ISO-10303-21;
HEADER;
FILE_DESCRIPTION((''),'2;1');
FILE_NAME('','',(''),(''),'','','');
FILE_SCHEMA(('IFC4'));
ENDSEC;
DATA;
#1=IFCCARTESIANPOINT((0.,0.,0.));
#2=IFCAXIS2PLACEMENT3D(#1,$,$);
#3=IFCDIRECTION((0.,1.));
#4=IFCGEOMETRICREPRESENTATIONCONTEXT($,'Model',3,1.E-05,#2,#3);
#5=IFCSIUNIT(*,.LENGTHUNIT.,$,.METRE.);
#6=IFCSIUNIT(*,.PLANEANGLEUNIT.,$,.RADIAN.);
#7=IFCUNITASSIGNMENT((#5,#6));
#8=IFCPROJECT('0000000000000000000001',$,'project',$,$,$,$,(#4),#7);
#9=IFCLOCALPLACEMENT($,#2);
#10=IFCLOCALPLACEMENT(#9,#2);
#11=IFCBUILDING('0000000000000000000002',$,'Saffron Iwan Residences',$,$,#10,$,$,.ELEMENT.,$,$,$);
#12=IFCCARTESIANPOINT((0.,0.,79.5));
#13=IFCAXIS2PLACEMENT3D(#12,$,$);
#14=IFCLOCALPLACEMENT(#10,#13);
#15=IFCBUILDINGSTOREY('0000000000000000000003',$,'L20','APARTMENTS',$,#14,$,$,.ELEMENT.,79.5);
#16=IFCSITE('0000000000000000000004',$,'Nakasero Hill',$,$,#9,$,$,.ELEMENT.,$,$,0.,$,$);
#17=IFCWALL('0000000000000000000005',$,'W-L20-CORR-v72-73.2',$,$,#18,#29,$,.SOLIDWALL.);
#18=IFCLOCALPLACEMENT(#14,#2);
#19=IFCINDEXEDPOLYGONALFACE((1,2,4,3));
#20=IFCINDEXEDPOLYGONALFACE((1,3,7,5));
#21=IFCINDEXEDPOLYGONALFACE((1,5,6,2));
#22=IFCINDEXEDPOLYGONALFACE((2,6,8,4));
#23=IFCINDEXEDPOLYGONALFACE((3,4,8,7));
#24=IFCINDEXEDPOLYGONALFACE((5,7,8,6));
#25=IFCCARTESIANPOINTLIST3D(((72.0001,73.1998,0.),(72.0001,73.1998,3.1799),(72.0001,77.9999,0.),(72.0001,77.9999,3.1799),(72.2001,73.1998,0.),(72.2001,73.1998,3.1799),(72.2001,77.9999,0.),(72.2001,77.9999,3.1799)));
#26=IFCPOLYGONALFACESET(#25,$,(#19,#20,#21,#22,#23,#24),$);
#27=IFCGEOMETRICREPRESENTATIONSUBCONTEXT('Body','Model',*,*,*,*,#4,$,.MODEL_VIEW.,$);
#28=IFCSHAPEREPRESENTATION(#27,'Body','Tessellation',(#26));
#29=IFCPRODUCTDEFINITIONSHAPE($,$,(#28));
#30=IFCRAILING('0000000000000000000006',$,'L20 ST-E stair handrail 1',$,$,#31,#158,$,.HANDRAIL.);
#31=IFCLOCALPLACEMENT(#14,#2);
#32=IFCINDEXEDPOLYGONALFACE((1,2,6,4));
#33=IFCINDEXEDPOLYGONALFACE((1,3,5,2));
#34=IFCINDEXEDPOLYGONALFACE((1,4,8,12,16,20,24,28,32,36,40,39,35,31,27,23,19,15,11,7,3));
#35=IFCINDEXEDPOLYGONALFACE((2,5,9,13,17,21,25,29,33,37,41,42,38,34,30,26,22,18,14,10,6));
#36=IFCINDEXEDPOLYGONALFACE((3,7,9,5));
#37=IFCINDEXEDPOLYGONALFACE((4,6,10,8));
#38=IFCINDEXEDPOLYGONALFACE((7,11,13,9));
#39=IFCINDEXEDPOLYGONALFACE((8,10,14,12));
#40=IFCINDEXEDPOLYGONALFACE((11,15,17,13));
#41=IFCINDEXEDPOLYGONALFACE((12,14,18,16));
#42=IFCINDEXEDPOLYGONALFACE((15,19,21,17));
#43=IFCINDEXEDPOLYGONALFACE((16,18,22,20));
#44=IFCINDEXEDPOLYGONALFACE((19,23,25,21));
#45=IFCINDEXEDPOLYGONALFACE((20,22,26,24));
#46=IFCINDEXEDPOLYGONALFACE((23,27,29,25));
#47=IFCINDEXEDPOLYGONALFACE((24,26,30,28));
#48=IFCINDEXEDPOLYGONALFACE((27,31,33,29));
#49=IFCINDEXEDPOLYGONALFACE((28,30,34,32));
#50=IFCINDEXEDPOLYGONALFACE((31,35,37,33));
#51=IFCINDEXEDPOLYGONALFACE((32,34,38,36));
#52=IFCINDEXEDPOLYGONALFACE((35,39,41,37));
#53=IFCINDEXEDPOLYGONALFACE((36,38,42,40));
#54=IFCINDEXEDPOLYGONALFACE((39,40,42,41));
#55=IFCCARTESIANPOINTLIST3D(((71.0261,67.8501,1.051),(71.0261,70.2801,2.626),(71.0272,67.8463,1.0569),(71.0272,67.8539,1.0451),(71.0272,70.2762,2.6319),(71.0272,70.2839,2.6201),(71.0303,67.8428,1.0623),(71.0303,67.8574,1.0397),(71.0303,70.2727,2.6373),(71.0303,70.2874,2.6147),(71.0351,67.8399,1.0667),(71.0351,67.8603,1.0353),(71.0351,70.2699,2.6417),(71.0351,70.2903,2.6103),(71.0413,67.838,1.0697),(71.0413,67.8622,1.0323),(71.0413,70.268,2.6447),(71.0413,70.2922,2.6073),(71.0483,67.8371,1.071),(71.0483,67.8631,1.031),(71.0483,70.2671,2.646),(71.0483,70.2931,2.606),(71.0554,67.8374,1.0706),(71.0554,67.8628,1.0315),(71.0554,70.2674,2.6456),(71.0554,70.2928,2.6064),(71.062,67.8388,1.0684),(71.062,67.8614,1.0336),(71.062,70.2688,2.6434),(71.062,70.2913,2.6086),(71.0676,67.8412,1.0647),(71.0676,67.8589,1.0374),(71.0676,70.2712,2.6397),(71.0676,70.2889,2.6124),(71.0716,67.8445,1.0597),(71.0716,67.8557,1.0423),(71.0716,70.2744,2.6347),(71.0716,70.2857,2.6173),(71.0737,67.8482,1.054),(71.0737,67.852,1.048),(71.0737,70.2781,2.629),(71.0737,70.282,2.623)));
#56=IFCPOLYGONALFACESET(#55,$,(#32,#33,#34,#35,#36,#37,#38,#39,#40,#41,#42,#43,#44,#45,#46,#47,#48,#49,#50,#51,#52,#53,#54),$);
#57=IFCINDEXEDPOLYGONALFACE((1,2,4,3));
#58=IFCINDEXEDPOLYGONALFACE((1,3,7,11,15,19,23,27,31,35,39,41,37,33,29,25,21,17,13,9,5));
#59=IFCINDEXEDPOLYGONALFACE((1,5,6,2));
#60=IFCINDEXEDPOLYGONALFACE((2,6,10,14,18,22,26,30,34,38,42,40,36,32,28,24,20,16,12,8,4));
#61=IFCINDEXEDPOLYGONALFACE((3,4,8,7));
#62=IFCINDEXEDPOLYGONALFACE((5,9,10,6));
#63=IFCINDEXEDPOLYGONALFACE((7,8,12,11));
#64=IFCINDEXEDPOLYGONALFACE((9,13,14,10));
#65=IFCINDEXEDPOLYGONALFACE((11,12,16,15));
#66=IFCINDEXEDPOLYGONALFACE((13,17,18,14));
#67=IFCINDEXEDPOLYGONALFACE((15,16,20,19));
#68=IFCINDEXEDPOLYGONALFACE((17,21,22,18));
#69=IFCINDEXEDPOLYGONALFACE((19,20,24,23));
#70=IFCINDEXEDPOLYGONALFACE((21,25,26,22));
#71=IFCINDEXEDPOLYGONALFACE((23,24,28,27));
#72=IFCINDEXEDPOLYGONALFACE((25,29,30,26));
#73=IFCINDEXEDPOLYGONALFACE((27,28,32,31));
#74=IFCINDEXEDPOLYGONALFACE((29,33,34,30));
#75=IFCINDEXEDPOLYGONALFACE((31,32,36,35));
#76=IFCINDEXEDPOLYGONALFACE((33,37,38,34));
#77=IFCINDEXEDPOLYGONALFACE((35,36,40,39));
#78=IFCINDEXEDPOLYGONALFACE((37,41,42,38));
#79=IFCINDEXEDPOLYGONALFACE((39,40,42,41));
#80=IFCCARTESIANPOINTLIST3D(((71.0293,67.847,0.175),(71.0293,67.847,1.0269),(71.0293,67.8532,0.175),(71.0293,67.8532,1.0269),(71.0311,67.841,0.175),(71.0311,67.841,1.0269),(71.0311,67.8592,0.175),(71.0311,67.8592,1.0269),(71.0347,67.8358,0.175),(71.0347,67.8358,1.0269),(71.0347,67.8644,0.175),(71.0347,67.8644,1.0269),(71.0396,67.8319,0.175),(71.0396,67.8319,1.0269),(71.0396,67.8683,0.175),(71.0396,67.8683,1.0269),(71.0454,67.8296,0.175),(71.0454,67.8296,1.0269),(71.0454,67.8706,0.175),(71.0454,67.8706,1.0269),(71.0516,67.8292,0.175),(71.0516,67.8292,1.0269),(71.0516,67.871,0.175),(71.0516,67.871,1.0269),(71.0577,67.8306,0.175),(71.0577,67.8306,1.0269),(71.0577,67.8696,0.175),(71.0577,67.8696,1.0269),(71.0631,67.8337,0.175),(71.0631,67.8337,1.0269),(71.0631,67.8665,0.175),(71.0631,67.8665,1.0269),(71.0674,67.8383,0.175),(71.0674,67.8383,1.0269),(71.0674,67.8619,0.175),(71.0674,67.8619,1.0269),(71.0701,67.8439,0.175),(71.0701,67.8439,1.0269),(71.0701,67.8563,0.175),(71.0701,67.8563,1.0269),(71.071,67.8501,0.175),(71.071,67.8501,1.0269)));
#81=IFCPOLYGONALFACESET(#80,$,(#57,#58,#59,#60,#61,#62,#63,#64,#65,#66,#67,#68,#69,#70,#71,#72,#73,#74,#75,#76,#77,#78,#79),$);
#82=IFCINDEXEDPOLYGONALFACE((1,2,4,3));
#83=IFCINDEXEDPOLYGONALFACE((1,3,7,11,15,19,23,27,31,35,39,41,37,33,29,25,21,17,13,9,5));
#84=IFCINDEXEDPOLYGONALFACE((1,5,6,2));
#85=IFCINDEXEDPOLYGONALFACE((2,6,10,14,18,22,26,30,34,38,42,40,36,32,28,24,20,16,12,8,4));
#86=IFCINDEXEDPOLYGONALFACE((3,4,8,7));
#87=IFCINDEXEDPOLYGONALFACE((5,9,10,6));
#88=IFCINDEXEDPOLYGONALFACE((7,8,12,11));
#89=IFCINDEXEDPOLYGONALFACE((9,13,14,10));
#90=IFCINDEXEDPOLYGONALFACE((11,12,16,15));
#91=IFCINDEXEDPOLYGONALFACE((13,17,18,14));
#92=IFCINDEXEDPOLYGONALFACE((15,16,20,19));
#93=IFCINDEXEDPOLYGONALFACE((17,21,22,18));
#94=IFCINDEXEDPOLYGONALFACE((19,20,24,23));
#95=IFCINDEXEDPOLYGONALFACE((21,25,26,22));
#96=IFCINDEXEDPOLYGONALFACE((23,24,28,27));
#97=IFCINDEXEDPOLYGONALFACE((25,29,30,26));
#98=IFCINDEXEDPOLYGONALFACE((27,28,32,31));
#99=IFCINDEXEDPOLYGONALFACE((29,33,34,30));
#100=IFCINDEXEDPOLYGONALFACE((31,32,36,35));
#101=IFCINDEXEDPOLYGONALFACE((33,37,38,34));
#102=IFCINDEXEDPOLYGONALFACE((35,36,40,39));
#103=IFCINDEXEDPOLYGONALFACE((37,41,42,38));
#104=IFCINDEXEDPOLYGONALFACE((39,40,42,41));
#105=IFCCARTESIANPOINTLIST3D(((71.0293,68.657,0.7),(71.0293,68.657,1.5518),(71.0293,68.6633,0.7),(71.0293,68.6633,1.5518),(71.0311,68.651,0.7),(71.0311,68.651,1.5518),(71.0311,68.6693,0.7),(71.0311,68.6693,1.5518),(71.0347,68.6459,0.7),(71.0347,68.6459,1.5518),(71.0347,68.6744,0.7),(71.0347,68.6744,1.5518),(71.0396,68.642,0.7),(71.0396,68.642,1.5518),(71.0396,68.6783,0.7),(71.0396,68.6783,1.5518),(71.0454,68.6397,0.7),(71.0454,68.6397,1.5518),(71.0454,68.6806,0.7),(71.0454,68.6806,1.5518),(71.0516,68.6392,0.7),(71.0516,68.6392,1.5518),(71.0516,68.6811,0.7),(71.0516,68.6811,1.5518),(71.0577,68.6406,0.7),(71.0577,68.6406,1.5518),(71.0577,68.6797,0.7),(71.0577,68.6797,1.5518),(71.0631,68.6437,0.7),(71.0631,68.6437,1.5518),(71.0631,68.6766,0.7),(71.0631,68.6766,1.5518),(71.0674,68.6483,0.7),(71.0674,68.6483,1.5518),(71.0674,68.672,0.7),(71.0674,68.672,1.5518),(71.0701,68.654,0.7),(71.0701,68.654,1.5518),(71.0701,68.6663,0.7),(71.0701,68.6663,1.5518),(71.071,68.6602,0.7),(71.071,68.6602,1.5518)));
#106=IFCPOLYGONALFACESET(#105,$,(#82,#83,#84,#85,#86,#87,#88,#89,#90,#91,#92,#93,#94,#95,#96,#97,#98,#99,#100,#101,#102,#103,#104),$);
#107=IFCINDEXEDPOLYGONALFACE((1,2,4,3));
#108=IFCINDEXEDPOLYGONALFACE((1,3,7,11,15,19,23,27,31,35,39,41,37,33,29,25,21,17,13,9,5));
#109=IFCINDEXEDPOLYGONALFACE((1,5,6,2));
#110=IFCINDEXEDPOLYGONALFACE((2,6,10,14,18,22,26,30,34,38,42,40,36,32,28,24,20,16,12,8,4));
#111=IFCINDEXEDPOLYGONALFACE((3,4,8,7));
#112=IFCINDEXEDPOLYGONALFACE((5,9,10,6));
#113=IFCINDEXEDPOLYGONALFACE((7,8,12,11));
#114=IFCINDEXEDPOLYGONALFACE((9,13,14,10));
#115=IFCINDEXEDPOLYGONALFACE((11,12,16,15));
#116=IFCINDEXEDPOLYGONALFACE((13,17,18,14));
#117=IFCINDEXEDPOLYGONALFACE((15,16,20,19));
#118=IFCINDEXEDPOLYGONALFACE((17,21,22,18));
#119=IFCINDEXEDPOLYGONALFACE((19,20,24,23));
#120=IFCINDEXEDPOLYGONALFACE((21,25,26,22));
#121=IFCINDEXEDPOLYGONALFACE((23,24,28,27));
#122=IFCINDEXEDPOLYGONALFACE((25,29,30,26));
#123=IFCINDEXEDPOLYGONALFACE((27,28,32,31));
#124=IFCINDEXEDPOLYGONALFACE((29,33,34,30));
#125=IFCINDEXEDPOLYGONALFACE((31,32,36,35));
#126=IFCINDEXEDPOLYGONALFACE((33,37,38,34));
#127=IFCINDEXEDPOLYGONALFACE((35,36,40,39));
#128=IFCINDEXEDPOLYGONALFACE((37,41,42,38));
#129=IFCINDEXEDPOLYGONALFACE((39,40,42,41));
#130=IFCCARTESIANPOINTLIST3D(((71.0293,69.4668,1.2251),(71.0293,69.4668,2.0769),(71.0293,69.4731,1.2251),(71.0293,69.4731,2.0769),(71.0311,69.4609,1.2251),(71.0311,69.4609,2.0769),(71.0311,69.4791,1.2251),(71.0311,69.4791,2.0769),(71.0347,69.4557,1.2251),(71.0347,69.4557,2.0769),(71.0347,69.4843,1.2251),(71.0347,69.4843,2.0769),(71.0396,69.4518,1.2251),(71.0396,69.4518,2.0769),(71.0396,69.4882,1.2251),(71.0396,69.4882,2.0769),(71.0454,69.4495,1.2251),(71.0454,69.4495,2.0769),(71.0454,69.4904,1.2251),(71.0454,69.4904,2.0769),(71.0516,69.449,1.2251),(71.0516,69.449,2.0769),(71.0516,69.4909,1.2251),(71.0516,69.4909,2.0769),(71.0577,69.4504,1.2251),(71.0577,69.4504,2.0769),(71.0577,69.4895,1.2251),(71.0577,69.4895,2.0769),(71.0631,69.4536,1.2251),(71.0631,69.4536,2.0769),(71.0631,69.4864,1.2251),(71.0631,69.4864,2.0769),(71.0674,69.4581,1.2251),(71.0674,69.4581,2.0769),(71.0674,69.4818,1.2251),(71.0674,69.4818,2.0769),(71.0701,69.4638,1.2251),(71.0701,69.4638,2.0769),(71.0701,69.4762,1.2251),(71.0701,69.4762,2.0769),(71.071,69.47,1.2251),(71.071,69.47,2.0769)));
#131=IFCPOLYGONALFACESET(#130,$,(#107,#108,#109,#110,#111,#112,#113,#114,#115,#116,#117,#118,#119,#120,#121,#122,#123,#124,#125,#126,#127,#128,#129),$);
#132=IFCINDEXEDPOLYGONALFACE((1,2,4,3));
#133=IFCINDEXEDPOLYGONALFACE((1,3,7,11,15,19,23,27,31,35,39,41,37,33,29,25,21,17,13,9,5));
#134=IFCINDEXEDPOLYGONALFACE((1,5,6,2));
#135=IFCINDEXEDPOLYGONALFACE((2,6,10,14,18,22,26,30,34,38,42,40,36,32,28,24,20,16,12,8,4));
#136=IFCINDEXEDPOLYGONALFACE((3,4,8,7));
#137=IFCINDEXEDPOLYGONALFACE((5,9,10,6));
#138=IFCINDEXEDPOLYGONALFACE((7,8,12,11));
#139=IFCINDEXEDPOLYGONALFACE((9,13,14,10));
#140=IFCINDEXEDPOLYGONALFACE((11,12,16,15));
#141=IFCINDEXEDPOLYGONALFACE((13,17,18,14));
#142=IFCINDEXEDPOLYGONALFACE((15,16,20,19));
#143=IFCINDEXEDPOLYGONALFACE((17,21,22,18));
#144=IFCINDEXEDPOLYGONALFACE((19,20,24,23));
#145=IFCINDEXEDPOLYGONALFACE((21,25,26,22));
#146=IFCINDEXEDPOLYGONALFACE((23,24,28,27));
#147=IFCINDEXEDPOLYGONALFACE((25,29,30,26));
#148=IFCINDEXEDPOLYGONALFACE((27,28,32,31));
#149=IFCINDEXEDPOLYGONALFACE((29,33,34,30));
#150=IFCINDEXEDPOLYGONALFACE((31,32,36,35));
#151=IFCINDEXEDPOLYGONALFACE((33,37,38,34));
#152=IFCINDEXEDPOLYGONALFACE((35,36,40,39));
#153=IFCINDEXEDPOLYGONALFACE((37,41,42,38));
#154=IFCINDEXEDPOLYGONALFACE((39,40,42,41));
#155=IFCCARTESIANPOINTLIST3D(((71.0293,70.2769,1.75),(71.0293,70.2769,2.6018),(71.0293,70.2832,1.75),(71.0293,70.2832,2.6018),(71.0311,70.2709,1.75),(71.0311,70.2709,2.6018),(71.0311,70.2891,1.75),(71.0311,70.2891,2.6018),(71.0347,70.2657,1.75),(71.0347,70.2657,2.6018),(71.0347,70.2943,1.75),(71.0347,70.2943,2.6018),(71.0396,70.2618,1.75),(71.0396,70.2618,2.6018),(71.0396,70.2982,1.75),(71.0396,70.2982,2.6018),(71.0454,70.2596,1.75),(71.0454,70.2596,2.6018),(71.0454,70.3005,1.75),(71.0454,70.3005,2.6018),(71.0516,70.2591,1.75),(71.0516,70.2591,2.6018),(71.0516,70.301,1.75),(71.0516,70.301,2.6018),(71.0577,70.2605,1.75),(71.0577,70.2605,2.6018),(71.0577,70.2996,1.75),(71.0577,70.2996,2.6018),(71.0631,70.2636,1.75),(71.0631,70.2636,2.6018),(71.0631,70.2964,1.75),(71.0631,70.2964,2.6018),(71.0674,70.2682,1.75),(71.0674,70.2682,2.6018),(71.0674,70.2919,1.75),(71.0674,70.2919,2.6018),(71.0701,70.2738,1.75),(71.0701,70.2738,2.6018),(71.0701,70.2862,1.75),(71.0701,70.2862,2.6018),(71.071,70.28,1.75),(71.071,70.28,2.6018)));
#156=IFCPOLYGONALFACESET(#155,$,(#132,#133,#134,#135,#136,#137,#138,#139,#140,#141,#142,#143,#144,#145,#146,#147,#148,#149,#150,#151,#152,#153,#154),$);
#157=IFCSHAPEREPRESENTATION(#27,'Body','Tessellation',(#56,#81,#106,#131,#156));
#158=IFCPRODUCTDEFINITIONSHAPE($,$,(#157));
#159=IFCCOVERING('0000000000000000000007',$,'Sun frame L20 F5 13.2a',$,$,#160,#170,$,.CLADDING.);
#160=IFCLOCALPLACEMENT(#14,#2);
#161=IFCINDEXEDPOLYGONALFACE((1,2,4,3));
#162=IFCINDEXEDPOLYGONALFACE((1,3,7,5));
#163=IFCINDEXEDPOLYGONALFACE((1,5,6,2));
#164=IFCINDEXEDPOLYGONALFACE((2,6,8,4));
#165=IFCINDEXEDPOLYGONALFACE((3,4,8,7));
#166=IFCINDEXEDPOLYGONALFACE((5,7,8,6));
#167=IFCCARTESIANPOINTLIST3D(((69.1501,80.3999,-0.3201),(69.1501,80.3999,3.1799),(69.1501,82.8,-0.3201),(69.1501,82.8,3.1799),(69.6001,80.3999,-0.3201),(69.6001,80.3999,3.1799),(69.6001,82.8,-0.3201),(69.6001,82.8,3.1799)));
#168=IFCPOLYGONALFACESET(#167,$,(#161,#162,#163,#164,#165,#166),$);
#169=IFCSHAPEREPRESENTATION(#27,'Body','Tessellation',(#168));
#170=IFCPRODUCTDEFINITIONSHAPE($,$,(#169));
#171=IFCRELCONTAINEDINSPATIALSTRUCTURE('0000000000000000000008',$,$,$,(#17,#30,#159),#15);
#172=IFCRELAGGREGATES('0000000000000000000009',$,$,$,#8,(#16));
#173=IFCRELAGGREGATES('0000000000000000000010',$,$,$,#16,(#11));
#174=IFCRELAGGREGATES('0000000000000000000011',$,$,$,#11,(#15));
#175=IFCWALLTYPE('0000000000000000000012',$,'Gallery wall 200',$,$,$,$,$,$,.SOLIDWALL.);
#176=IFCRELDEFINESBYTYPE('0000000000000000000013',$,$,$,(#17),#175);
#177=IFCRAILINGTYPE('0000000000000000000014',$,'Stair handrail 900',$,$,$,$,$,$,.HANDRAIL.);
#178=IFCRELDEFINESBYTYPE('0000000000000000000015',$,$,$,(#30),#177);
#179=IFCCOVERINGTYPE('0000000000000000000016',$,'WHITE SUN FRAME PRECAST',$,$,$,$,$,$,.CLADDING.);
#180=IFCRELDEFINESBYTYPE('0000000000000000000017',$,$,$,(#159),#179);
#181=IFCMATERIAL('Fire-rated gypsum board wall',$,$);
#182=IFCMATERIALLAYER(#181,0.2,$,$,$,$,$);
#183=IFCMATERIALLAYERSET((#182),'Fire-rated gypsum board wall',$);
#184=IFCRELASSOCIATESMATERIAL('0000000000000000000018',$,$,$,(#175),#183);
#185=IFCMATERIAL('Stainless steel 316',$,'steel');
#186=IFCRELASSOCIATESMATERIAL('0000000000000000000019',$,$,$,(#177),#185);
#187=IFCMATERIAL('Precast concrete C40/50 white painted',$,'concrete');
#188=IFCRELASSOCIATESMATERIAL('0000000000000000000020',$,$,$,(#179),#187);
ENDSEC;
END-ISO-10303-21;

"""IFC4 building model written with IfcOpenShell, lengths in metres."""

from ifc_helpers import new_model, si_unit, direction, frame, frame_2d, origin, origin_2d, place, context, subcontext, project, spatial, polyline, rectangle, circle, outline, extrude, material, layer, layer_set, type_object, element, save


model = new_model("IFC4")

# Units and contexts
model_context = context("Model", 3, precision=1e-05, world=origin(), true_north=direction((0.0, 1.0)))
body_context = subcontext(model_context, "Body", "Model", "MODEL_VIEW")
ifc_project = project(units=[si_unit("LENGTHUNIT", "METRE"), si_unit("PLANEANGLEUNIT", "RADIAN")], contexts=[model_context])

# Site, building, storey
site_placement = place(None, origin())
site = spatial("IfcSite", under=ifc_project, at=site_placement, Name="Nakasero Hill", CompositionType="ELEMENT", RefElevation=0.0)
building_placement = place(site_placement, origin())
building = spatial("IfcBuilding", under=site, at=building_placement, Name="Saffron Iwan Residences", CompositionType="ELEMENT")
storey_placement = place(building_placement, frame((0.0, 0.0, 79.5)))
storey = spatial("IfcBuildingStorey", under=building, at=storey_placement, Name="L20", Description="APARTMENTS", CompositionType="ELEMENT", Elevation=79.5)

# Wall
ifc_material_1 = material(Name="Fire-rated gypsum board wall")
ifc_layer_1 = layer(ifc_material_1, 0.2)
ifc_layer_set_1 = layer_set([ifc_layer_1], Name="Fire-rated gypsum board wall")
wall_type_1 = type_object("IfcWallType", Name="Gallery wall 200", PredefinedType="SOLIDWALL", material=ifc_layer_set_1)
wall_1_placement = place(storey_placement, frame((72.1001, 73.2, 0.0), z_axis=(0.0, 0.0, 1.0), x_axis=(0.0, 1.0, 0.0)))
element("IfcWall", 1, at=wall_1_placement, inside=storey, type_object=wall_type_1, Name="W-L20-CORR-v72-73.2", PredefinedType="SOLIDWALL", context=body_context, shape_type="SweptSolid", body=[
    extrude(rectangle(XDim=4.8, YDim=0.2, at=frame_2d((2.3999, 0.0))), origin(), (0.0, 0.0, 1.0), 3.1799),
])

# Railing
ifc_material_2 = material(Name="Stainless steel 316", Category="steel")
railing_type = type_object("IfcRailingType", Name="Stair handrail 900", PredefinedType="HANDRAIL", material=ifc_material_2)
railing_placement = place(storey_placement, frame((71.05, 67.8501, 0.175)))
element("IfcRailing", 2, at=railing_placement, inside=storey, type_object=railing_type, Name="L20 ST-E stair handrail 1", PredefinedType="HANDRAIL", context=body_context, shape_type="SweptSolid", body=[
    extrude(circle(Radius=0.0239, at=origin_2d()), frame((0.0, 0.0, 0.876), z_axis=(0.0, 0.839154, 0.543894), x_axis=(-1.0, 0.0, 0.0)), (0.0, 0.0, 1.0), 2.8958),
    extrude(circle(Radius=0.021, at=origin_2d()), origin(), (0.0, 0.0, 1.0), 0.8518),
    extrude(circle(Radius=0.021, at=origin_2d()), frame((0.0, 0.8101, 0.5249)), (0.0, 0.0, 1.0), 0.8518),
    extrude(circle(Radius=0.021, at=origin_2d()), frame((0.0, 1.6199, 1.05)), (0.0, 0.0, 1.0), 0.8518),
    extrude(circle(Radius=0.021, at=origin_2d()), frame((0.0, 2.4299, 1.575)), (0.0, 0.0, 1.0), 0.8518),
])

# Covering
ifc_material_3 = material(Name="Precast concrete C40/50 white painted", Category="concrete")
covering_type = type_object("IfcCoveringType", Name="WHITE SUN FRAME PRECAST", PredefinedType="CLADDING", material=ifc_material_3)
covering_placement = place(storey_placement, frame((69.6001, 80.3999, -0.3201), z_axis=(0.0, 1.0, 0.0), x_axis=(-1.0, 0.0, 0.0)))
element("IfcCovering", 3, at=covering_placement, inside=storey, type_object=covering_type, Name="Sun frame L20 F5 13.2a", PredefinedType="CLADDING", context=body_context, shape_type="SweptSolid", body=[
    extrude(outline(polyline([(0.0, 0.0), (0.45, 0.0), (0.45, 3.5), (0.0, 3.5), (0.0, 0.0)])), origin(), (0.0, 0.0, 1.0), 2.4001),
])

save(model, "model.ifc")
